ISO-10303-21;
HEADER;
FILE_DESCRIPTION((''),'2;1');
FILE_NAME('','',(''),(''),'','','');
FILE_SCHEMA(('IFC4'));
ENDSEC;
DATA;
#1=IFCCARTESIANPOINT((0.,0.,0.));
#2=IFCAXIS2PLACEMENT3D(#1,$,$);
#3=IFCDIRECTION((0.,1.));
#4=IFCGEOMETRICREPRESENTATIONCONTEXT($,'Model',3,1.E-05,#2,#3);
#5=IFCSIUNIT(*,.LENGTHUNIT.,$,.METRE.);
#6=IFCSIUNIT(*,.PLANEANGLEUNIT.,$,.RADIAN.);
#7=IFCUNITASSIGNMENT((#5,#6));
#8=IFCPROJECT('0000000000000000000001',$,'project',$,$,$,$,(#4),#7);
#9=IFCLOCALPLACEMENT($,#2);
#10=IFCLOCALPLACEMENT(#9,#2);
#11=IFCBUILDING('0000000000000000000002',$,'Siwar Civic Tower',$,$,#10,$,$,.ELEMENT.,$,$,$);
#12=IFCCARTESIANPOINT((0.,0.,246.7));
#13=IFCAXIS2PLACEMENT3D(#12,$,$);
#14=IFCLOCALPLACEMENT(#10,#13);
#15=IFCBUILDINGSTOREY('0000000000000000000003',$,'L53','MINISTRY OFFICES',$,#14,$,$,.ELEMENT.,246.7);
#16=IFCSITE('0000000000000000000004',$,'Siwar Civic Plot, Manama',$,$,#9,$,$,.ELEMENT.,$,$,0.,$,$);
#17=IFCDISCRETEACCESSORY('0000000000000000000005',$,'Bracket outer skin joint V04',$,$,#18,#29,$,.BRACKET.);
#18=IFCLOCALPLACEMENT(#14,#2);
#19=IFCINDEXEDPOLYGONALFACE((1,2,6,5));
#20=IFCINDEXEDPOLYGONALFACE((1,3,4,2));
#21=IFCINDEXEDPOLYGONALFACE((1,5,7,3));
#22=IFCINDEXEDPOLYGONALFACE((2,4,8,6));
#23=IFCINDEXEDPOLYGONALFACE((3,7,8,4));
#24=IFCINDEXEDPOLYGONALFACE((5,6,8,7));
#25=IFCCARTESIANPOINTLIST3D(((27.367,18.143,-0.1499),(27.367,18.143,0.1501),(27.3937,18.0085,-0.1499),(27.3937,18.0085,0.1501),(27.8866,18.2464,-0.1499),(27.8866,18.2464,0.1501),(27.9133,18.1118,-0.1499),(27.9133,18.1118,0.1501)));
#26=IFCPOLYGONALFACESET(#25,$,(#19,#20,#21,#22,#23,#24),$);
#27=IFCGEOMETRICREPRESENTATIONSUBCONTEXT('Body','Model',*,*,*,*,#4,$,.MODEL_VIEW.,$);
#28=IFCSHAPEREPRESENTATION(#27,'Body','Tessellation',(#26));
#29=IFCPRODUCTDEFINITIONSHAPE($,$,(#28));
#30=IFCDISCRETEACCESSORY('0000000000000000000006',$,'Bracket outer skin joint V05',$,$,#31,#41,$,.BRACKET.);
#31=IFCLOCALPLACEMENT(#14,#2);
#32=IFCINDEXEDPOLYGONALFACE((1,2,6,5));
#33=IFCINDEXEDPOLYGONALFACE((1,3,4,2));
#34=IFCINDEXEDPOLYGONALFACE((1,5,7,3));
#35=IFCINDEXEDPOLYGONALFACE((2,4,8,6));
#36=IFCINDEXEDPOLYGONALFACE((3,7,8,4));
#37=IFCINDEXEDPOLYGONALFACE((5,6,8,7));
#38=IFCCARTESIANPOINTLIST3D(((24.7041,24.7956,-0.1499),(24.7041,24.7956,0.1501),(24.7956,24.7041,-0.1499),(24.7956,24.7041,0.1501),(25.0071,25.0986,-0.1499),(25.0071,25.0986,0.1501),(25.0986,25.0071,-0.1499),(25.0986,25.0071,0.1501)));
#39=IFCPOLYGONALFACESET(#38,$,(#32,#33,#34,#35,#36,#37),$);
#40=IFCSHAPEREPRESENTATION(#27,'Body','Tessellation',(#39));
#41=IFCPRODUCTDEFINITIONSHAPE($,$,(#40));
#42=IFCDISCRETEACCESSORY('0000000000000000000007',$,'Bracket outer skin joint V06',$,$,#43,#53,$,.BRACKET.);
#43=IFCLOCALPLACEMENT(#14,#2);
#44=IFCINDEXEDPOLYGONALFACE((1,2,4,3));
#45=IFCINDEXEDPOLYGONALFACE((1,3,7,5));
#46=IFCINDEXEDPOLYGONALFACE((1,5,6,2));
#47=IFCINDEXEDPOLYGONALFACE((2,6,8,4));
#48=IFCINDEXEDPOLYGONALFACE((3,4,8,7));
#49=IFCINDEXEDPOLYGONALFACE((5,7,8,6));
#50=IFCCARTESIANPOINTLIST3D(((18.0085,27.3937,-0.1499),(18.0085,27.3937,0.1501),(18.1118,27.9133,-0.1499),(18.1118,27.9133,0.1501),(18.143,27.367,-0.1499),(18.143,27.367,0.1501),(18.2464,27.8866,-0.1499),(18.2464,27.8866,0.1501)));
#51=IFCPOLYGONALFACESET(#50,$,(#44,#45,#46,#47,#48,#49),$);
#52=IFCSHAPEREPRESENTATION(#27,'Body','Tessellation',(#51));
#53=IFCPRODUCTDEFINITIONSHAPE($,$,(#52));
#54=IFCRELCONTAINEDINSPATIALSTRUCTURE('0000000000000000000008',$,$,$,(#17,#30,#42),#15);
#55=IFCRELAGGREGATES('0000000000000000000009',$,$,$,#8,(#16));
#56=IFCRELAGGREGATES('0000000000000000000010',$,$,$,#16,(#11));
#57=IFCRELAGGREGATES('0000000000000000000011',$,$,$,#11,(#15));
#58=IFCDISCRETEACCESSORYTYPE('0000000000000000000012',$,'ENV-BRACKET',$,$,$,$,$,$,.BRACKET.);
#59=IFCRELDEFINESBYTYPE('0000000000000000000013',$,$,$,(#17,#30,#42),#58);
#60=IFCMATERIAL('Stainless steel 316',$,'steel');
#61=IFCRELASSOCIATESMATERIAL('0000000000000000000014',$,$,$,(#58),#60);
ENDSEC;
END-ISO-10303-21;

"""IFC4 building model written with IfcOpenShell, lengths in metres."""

from ifc_helpers import new_model, si_unit, direction, frame, origin, origin_2d, place, context, subcontext, project, spatial, rectangle, extrude, material, type_object, element, save


model = new_model("IFC4")

# Units and contexts
model_context = context("Model", 3, precision=1e-05, world=origin(), true_north=direction((0.0, 1.0)))
body_context = subcontext(model_context, "Body", "Model", "MODEL_VIEW")
ifc_project = project(units=[si_unit("LENGTHUNIT", "METRE"), si_unit("PLANEANGLEUNIT", "RADIAN")], contexts=[model_context])

# Site, building, storey
site_placement = place(None, origin())
site = spatial("IfcSite", under=ifc_project, at=site_placement, Name="Siwar Civic Plot, Manama", CompositionType="ELEMENT", RefElevation=0.0)
building_placement = place(site_placement, origin())
building = spatial("IfcBuilding", under=site, at=building_placement, Name="Siwar Civic Tower", CompositionType="ELEMENT")
storey_placement = place(building_placement, frame((0.0, 0.0, 246.7)))
storey = spatial("IfcBuildingStorey", under=building, at=storey_placement, Name="L53", Description="MINISTRY OFFICES", CompositionType="ELEMENT", Elevation=246.7)

# Discrete accessories
ifc_material_1 = material(Name="Stainless steel 316", Category="steel")
discrete_accessory_type = type_object("IfcDiscreteAccessoryType", Name="ENV-BRACKET", PredefinedType="BRACKET", material=ifc_material_1)
discrete_accessory_1_placement = place(storey_placement, frame((27.6401, 18.1274, -0.1499), z_axis=(0.0, 0.0, 1.0), x_axis=(0.980785, 0.19509, 0.0)))
element("IfcDiscreteAccessory", 1, at=discrete_accessory_1_placement, inside=storey, type_object=discrete_accessory_type, Name="Bracket outer skin joint V04", PredefinedType="BRACKET", context=body_context, shape_type="SweptSolid", body=[
    extrude(rectangle(XDim=0.5298, YDim=0.1372, at=origin_2d()), origin(), (0.0, 0.0, 1.0), 0.3),
])
discrete_accessory_2_placement = place(storey_placement, frame((24.9014, 24.9014, -0.1499), z_axis=(0.0, 0.0, 1.0), x_axis=(0.707107, 0.707107, 0.0)))
element("IfcDiscreteAccessory", 2, at=discrete_accessory_2_placement, inside=storey, type_object=discrete_accessory_type, Name="Bracket outer skin joint V05", PredefinedType="BRACKET", context=body_context, shape_type="SweptSolid", body=[
    extrude(rectangle(XDim=0.4285, YDim=0.1294, at=origin_2d()), origin(), (0.0, 0.0, 1.0), 0.3),
])
discrete_accessory_3_placement = place(storey_placement, frame((18.1274, 27.6401, -0.1499), z_axis=(0.0, 0.0, 1.0), x_axis=(0.19509, 0.980785, 0.0)))
element("IfcDiscreteAccessory", 3, at=discrete_accessory_3_placement, inside=storey, type_object=discrete_accessory_type, Name="Bracket outer skin joint V06", PredefinedType="BRACKET", context=body_context, shape_type="SweptSolid", body=[
    extrude(rectangle(XDim=0.5298, YDim=0.1372, at=origin_2d()), origin(), (0.0, 0.0, 1.0), 0.3),
])

save(model, "model.ifc")
